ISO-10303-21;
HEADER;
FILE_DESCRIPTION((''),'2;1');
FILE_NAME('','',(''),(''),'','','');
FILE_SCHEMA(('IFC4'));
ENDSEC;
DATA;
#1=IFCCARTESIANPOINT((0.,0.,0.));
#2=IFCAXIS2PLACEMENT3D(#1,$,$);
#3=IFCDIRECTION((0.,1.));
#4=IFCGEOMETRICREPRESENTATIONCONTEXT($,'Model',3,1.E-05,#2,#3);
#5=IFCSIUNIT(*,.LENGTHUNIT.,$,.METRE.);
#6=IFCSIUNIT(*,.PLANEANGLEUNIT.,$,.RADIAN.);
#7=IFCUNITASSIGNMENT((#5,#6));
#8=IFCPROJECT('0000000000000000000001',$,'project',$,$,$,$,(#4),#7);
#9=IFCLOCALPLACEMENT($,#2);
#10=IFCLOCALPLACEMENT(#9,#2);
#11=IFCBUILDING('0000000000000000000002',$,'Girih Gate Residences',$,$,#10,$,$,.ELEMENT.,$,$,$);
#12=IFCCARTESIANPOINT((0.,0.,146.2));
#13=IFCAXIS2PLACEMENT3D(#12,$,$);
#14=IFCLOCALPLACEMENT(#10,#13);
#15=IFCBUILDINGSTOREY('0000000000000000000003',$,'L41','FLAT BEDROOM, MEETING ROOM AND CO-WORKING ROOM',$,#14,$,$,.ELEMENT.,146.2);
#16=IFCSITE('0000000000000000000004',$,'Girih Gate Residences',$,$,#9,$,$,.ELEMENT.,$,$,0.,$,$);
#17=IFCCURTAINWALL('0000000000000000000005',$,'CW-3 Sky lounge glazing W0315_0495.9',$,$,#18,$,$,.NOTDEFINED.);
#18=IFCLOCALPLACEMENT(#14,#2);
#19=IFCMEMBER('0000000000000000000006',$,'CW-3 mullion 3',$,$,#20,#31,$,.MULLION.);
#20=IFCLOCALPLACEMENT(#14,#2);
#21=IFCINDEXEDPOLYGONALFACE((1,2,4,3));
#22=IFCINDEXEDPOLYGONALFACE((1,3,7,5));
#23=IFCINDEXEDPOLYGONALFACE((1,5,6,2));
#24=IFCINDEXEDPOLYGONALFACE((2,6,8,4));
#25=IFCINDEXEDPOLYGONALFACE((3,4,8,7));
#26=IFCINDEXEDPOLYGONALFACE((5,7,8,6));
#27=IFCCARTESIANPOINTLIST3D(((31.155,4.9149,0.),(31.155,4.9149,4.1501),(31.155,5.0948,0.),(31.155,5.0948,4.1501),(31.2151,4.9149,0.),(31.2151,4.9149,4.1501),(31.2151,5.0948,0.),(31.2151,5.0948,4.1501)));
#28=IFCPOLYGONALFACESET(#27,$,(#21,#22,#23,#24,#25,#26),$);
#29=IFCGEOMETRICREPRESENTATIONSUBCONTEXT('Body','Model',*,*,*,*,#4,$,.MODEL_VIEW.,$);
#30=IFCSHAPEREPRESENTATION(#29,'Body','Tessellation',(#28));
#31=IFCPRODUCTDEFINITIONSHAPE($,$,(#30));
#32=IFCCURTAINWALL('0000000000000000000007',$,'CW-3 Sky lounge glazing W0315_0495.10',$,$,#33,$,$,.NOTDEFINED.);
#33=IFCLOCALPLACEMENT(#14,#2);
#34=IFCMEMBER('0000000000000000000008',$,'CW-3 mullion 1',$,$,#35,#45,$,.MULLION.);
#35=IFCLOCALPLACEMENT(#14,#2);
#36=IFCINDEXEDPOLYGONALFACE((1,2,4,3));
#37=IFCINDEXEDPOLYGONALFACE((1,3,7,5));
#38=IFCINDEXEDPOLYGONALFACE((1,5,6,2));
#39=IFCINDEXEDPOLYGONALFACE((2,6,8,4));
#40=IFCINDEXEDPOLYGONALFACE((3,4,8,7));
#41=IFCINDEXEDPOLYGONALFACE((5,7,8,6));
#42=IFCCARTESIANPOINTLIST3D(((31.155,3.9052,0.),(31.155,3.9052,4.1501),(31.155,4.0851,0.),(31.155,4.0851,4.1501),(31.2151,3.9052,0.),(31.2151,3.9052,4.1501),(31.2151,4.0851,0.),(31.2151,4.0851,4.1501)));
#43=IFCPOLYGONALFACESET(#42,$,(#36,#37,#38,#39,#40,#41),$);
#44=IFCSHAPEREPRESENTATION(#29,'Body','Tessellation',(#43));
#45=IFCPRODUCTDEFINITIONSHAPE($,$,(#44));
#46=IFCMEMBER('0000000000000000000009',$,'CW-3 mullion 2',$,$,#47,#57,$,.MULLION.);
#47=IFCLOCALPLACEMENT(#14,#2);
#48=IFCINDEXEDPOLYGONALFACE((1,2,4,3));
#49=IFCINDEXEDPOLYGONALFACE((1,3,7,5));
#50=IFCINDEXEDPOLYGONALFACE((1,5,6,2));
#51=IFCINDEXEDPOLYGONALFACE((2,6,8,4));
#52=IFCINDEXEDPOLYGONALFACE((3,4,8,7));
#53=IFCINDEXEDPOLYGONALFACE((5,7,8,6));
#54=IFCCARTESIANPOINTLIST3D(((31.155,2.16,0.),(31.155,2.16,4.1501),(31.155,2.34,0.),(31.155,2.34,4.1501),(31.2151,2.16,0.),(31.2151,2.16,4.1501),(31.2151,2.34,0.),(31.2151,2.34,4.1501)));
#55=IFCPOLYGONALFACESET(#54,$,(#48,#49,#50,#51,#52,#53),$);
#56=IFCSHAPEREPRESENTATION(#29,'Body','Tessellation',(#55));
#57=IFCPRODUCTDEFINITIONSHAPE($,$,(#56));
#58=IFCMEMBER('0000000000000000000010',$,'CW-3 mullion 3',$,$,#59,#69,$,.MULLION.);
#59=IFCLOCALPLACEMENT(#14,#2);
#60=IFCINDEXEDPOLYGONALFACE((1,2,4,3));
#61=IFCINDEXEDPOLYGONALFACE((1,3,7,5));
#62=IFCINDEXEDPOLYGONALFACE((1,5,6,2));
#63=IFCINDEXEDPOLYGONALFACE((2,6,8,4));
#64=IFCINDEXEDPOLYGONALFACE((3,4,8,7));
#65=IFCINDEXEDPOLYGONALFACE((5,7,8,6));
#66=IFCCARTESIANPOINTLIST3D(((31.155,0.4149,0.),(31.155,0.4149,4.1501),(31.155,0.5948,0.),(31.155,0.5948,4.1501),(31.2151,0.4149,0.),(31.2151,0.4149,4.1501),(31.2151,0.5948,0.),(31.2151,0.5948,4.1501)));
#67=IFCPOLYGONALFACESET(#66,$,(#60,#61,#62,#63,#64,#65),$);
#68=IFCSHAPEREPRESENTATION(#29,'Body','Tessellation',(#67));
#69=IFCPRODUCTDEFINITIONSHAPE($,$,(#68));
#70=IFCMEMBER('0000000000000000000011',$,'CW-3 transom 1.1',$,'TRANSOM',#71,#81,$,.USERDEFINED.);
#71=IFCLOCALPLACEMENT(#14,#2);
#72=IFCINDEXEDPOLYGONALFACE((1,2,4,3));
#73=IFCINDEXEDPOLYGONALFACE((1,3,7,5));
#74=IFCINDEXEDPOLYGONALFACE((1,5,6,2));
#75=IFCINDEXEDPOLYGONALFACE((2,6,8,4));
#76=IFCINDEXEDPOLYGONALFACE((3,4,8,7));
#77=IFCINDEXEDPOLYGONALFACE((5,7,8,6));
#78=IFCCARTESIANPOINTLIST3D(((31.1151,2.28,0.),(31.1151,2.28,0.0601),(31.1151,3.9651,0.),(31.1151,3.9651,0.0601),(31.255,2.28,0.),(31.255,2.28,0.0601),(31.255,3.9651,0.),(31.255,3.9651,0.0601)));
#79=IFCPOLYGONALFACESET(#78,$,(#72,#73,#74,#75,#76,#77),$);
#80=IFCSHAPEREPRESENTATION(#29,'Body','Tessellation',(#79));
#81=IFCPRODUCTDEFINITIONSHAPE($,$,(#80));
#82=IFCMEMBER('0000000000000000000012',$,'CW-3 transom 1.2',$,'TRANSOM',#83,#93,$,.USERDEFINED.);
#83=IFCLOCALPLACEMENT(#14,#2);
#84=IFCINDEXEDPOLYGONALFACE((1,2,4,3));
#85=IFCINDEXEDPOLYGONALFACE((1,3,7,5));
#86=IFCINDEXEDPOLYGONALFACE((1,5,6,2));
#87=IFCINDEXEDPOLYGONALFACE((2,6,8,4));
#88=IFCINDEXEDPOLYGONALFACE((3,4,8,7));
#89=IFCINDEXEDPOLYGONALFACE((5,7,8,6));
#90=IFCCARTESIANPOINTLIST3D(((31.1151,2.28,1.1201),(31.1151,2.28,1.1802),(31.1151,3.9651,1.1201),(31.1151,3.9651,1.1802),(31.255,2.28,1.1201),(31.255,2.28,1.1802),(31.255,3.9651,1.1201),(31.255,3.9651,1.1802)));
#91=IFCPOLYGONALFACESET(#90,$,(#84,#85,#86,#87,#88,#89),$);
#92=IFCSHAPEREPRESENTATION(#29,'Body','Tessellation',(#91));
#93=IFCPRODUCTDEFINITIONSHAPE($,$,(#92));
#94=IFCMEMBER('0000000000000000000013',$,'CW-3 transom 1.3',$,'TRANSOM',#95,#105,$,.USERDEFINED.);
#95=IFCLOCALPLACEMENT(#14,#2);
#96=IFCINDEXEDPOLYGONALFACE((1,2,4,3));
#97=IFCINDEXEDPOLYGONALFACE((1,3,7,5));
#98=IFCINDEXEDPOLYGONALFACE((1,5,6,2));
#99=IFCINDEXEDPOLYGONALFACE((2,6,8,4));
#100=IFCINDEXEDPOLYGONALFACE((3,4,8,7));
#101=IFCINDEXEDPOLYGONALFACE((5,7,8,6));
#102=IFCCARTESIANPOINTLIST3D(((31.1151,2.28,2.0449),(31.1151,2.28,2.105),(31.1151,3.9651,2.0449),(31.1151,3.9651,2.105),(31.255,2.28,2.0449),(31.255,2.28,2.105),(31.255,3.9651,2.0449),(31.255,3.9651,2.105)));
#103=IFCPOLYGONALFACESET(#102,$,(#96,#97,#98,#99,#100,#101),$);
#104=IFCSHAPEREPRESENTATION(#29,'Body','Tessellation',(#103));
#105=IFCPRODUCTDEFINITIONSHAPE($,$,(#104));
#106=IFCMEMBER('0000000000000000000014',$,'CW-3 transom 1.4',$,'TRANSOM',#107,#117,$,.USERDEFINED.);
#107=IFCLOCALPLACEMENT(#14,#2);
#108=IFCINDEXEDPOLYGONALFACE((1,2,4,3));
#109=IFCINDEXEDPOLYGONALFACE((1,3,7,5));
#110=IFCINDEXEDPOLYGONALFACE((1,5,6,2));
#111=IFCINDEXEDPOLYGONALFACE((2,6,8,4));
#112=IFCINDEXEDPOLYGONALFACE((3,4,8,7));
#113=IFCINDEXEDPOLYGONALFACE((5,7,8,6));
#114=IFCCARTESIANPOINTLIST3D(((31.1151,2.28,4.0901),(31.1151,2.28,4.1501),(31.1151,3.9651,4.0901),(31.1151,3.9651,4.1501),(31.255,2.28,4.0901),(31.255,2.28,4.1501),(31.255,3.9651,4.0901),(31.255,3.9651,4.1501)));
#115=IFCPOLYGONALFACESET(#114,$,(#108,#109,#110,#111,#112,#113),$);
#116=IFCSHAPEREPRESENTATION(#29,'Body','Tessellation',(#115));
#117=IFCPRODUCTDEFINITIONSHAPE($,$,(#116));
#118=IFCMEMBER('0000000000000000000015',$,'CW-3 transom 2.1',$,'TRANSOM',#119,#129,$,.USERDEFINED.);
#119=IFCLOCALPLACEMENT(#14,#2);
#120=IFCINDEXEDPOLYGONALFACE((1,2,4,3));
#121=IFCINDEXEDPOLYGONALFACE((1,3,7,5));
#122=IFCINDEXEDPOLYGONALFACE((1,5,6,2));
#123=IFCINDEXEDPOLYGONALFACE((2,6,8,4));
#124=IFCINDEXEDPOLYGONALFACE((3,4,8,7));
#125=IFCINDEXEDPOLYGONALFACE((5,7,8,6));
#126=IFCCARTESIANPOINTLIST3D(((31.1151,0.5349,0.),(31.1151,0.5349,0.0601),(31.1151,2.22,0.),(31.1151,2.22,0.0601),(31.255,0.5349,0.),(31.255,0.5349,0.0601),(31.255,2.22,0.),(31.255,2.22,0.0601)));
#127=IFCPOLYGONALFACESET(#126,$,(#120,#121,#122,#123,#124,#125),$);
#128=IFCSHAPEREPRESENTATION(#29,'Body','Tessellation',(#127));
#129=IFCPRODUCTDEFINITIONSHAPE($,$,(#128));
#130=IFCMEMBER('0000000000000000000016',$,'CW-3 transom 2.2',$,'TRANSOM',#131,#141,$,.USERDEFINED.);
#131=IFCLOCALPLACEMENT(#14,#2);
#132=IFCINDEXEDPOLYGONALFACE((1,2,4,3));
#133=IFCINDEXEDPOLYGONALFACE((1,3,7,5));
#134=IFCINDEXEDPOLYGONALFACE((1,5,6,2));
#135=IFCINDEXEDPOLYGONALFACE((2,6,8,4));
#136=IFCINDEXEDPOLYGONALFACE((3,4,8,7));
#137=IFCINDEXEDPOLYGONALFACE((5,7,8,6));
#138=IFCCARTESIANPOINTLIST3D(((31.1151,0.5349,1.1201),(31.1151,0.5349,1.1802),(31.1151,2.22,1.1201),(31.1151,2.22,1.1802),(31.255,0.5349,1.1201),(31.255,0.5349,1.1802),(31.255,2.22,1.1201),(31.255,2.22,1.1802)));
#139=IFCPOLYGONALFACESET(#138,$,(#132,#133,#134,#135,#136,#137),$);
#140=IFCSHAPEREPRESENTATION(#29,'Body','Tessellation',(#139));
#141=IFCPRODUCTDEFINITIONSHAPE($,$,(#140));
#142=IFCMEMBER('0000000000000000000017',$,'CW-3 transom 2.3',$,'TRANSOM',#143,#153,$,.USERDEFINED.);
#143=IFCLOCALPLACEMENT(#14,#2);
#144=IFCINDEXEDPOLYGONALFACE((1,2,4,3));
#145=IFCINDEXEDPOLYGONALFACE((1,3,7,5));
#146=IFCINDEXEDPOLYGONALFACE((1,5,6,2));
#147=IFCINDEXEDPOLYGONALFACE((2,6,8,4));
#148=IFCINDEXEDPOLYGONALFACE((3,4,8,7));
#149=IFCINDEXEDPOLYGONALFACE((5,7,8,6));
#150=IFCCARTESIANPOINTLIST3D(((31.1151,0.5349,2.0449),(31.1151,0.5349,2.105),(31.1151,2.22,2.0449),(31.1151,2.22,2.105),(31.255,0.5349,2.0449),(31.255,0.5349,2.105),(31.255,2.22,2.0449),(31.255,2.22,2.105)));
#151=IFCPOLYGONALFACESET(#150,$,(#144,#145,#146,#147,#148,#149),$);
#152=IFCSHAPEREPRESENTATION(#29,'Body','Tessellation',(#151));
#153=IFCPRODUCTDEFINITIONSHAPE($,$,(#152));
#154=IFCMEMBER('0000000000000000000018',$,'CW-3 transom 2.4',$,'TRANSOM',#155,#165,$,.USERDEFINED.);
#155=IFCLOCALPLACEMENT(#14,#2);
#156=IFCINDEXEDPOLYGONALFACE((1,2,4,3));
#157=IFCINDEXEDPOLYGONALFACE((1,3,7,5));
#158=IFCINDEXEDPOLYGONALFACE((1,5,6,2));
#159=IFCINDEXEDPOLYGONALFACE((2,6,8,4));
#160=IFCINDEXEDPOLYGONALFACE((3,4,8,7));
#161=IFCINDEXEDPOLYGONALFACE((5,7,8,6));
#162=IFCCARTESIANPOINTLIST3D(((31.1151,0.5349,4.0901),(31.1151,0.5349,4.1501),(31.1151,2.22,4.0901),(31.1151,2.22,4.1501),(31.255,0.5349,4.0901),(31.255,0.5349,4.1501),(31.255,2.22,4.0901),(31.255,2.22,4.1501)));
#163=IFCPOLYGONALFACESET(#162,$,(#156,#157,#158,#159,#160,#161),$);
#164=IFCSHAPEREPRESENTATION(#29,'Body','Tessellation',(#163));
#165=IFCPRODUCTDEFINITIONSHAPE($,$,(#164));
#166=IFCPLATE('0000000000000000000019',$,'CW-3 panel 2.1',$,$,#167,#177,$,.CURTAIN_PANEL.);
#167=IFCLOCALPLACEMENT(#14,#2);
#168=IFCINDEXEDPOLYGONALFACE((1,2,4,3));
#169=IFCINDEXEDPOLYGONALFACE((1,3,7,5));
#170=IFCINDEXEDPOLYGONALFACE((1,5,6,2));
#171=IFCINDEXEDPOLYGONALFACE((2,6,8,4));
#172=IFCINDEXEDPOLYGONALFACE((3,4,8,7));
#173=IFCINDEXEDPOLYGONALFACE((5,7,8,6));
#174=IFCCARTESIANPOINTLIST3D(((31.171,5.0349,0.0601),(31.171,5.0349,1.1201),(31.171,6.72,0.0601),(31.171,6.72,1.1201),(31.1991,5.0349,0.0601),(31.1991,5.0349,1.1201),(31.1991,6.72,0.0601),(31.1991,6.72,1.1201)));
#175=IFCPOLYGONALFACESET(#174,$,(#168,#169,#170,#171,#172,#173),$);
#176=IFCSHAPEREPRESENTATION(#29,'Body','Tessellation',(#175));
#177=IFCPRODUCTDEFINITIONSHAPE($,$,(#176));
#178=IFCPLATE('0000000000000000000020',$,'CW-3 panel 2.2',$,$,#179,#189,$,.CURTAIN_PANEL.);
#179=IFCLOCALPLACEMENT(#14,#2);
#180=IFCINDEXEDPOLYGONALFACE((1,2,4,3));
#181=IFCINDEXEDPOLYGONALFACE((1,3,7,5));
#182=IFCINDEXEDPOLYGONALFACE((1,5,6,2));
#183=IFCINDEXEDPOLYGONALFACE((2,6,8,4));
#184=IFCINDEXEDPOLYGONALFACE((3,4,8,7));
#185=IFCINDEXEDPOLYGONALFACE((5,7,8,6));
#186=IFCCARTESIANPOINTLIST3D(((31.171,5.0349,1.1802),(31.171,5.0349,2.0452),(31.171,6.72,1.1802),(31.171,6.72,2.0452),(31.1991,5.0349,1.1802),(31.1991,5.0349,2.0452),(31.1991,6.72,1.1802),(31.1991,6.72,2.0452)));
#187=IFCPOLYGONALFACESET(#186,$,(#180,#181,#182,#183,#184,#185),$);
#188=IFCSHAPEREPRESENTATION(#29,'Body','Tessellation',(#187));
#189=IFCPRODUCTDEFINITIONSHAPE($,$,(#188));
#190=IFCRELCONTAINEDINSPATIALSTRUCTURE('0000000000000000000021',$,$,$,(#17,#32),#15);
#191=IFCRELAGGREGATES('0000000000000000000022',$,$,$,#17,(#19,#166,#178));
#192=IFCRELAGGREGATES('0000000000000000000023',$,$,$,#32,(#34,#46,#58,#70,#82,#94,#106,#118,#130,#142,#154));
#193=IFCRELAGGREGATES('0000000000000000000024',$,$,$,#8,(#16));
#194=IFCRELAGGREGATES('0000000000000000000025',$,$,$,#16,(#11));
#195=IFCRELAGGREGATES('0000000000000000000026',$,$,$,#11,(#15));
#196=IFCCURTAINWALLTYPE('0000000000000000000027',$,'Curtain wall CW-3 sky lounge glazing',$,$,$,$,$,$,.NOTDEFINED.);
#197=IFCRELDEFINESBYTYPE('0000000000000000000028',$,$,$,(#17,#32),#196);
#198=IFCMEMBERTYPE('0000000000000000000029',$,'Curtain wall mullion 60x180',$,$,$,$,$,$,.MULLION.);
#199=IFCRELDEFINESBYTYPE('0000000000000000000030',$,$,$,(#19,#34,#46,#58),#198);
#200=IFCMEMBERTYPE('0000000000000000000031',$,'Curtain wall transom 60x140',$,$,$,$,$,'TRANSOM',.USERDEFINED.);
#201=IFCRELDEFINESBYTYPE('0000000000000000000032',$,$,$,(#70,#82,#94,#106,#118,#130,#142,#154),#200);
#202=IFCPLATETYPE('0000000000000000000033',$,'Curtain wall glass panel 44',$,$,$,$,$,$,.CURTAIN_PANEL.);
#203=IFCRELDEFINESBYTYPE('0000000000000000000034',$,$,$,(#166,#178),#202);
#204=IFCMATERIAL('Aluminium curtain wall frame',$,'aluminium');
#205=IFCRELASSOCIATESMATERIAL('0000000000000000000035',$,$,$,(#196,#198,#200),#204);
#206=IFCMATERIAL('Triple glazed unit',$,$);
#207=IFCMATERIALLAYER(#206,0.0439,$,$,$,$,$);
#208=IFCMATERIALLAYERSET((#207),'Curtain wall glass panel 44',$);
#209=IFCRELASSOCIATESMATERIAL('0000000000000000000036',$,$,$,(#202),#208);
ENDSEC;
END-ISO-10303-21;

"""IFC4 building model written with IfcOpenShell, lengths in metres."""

from ifc_helpers import new_model, si_unit, direction, frame, origin, origin_2d, place, context, subcontext, project, spatial, rectangle, extrude, material, layer, layer_set, material_profile, profile_set, type_object, element, aggregate, save


model = new_model("IFC4")

# Units and contexts
model_context = context("Model", 3, precision=1e-05, world=origin(), true_north=direction((0.0, 1.0)))
body_context = subcontext(model_context, "Body", "Model", "MODEL_VIEW")
ifc_project = project(units=[si_unit("LENGTHUNIT", "METRE"), si_unit("PLANEANGLEUNIT", "RADIAN")], contexts=[model_context])

# Site, building, storey
site_placement = place(None, origin())
site = spatial("IfcSite", under=ifc_project, at=site_placement, Name="Girih Gate Residences", CompositionType="ELEMENT", RefElevation=0.0)
building_placement = place(site_placement, origin())
building = spatial("IfcBuilding", under=site, at=building_placement, Name="Girih Gate Residences", CompositionType="ELEMENT")
storey_placement = place(building_placement, frame((0.0, 0.0, 146.2)))
storey = spatial("IfcBuildingStorey", under=building, at=storey_placement, Name="L41", Description="FLAT BEDROOM, MEETING ROOM AND CO-WORKING ROOM", CompositionType="ELEMENT", Elevation=146.2)

# Curtain wall, member
ifc_material_1 = material(Name="Aluminium curtain wall frame", Category="aluminium")
curtain_wall_type = type_object("IfcCurtainWallType", Name="Curtain wall CW-3 sky lounge glazing", PredefinedType="NOTDEFINED", material=ifc_material_1)
curtain_wall_1_placement = place(storey_placement, origin())
curtain_wall_1 = element("IfcCurtainWall", 1, at=curtain_wall_1_placement, inside=storey, type_object=curtain_wall_type, Name="CW-3 Sky lounge glazing W0315_0495.9", PredefinedType="NOTDEFINED")
ifc_material_profile_1 = material_profile(ifc_material_1, rectangle(XDim=0.0601, YDim=0.1799, at=origin_2d()))
ifc_profile_set_1 = profile_set([ifc_material_profile_1], Name="Aluminium curtain wall frame")
member_type_1 = type_object("IfcMemberType", Name="Curtain wall mullion 60x180", PredefinedType="MULLION", material=ifc_profile_set_1)
member_1_placement = place(storey_placement, frame((31.1851, 5.0049, 0.0), z_axis=(0.0, 0.0, 1.0), x_axis=(1.0, 0.0, 0.0)))
member_1 = element("IfcMember", 2, at=member_1_placement, type_object=member_type_1, Name="CW-3 mullion 3", PredefinedType="MULLION", context=body_context, shape_type="SweptSolid", body=[
    extrude(rectangle(XDim=0.0601, YDim=0.1799, at=origin_2d()), origin(), (0.0, 0.0, 1.0), 4.1501),
])

# Curtain wall, members
curtain_wall_2_placement = place(storey_placement, origin())
curtain_wall_2 = element("IfcCurtainWall", 3, at=curtain_wall_2_placement, inside=storey, type_object=curtain_wall_type, Name="CW-3 Sky lounge glazing W0315_0495.10", PredefinedType="NOTDEFINED")
member_2_placement = place(storey_placement, frame((31.1851, 3.9951, 0.0), z_axis=(0.0, 0.0, 1.0), x_axis=(1.0, 0.0, 0.0)))
member_2 = element("IfcMember", 4, at=member_2_placement, type_object=member_type_1, Name="CW-3 mullion 1", PredefinedType="MULLION", context=body_context, shape_type="SweptSolid", body=[
    extrude(rectangle(XDim=0.0601, YDim=0.1799, at=origin_2d()), origin(), (0.0, 0.0, 1.0), 4.1501),
])
member_3_placement = place(storey_placement, frame((31.1851, 2.25, 0.0), z_axis=(0.0, 0.0, 1.0), x_axis=(1.0, 0.0, 0.0)))
member_3 = element("IfcMember", 5, at=member_3_placement, type_object=member_type_1, Name="CW-3 mullion 2", PredefinedType="MULLION", context=body_context, shape_type="SweptSolid", body=[
    extrude(rectangle(XDim=0.0601, YDim=0.1799, at=origin_2d()), origin(), (0.0, 0.0, 1.0), 4.1501),
])
member_4_placement = place(storey_placement, frame((31.1851, 0.5049, 0.0), z_axis=(0.0, 0.0, 1.0), x_axis=(1.0, 0.0, 0.0)))
member_4 = element("IfcMember", 6, at=member_4_placement, type_object=member_type_1, Name="CW-3 mullion 3", PredefinedType="MULLION", context=body_context, shape_type="SweptSolid", body=[
    extrude(rectangle(XDim=0.0601, YDim=0.1799, at=origin_2d()), origin(), (0.0, 0.0, 1.0), 4.1501),
])
ifc_material_profile_2 = material_profile(ifc_material_1, rectangle(XDim=0.1399, YDim=0.0601, at=origin_2d()))
ifc_profile_set_2 = profile_set([ifc_material_profile_2], Name="Aluminium curtain wall frame")
member_type_2 = type_object("IfcMemberType", Name="Curtain wall transom 60x140", ElementType="TRANSOM", PredefinedType="USERDEFINED", material=ifc_profile_set_2)
member_5_placement = place(storey_placement, frame((31.1851, 3.9651, 0.03), z_axis=(0.0, -1.0, 0.0), x_axis=(1.0, 0.0, 0.0)))
member_5 = element("IfcMember", 7, at=member_5_placement, type_object=member_type_2, Name="CW-3 transom 1.1", ObjectType="TRANSOM", PredefinedType="USERDEFINED", context=body_context, shape_type="SweptSolid", body=[
    extrude(rectangle(XDim=0.1399, YDim=0.0601, at=origin_2d()), origin(), (0.0, 0.0, 1.0), 1.6851),
])
member_6_placement = place(storey_placement, frame((31.1851, 3.9651, 1.1501), z_axis=(0.0, -1.0, 0.0), x_axis=(1.0, 0.0, 0.0)))
member_6 = element("IfcMember", 8, at=member_6_placement, type_object=member_type_2, Name="CW-3 transom 1.2", ObjectType="TRANSOM", PredefinedType="USERDEFINED", context=body_context, shape_type="SweptSolid", body=[
    extrude(rectangle(XDim=0.1399, YDim=0.0601, at=origin_2d()), origin(), (0.0, 0.0, 1.0), 1.6851),
])
member_7_placement = place(storey_placement, frame((31.1851, 3.9651, 2.075), z_axis=(0.0, -1.0, 0.0), x_axis=(1.0, 0.0, 0.0)))
member_7 = element("IfcMember", 9, at=member_7_placement, type_object=member_type_2, Name="CW-3 transom 1.3", ObjectType="TRANSOM", PredefinedType="USERDEFINED", context=body_context, shape_type="SweptSolid", body=[
    extrude(rectangle(XDim=0.1399, YDim=0.0601, at=origin_2d()), origin(), (0.0, 0.0, 1.0), 1.6851),
])
member_8_placement = place(storey_placement, frame((31.1851, 3.9651, 4.1201), z_axis=(0.0, -1.0, 0.0), x_axis=(1.0, 0.0, 0.0)))
member_8 = element("IfcMember", 10, at=member_8_placement, type_object=member_type_2, Name="CW-3 transom 1.4", ObjectType="TRANSOM", PredefinedType="USERDEFINED", context=body_context, shape_type="SweptSolid", body=[
    extrude(rectangle(XDim=0.1399, YDim=0.0601, at=origin_2d()), origin(), (0.0, 0.0, 1.0), 1.6851),
])
member_9_placement = place(storey_placement, frame((31.1851, 2.22, 0.03), z_axis=(0.0, -1.0, 0.0), x_axis=(1.0, 0.0, 0.0)))
member_9 = element("IfcMember", 11, at=member_9_placement, type_object=member_type_2, Name="CW-3 transom 2.1", ObjectType="TRANSOM", PredefinedType="USERDEFINED", context=body_context, shape_type="SweptSolid", body=[
    extrude(rectangle(XDim=0.1399, YDim=0.0601, at=origin_2d()), origin(), (0.0, 0.0, 1.0), 1.6851),
])
member_10_placement = place(storey_placement, frame((31.1851, 2.22, 1.1501), z_axis=(0.0, -1.0, 0.0), x_axis=(1.0, 0.0, 0.0)))
member_10 = element("IfcMember", 12, at=member_10_placement, type_object=member_type_2, Name="CW-3 transom 2.2", ObjectType="TRANSOM", PredefinedType="USERDEFINED", context=body_context, shape_type="SweptSolid", body=[
    extrude(rectangle(XDim=0.1399, YDim=0.0601, at=origin_2d()), origin(), (0.0, 0.0, 1.0), 1.6851),
])
member_11_placement = place(storey_placement, frame((31.1851, 2.22, 2.075), z_axis=(0.0, -1.0, 0.0), x_axis=(1.0, 0.0, 0.0)))
member_11 = element("IfcMember", 13, at=member_11_placement, type_object=member_type_2, Name="CW-3 transom 2.3", ObjectType="TRANSOM", PredefinedType="USERDEFINED", context=body_context, shape_type="SweptSolid", body=[
    extrude(rectangle(XDim=0.1399, YDim=0.0601, at=origin_2d()), origin(), (0.0, 0.0, 1.0), 1.6851),
])
member_12_placement = place(storey_placement, frame((31.1851, 2.22, 4.1201), z_axis=(0.0, -1.0, 0.0), x_axis=(1.0, 0.0, 0.0)))
member_12 = element("IfcMember", 14, at=member_12_placement, type_object=member_type_2, Name="CW-3 transom 2.4", ObjectType="TRANSOM", PredefinedType="USERDEFINED", context=body_context, shape_type="SweptSolid", body=[
    extrude(rectangle(XDim=0.1399, YDim=0.0601, at=origin_2d()), origin(), (0.0, 0.0, 1.0), 1.6851),
])

# Plates
ifc_material_2 = material(Name="Triple glazed unit")
ifc_layer = layer(ifc_material_2, 0.0439)
ifc_layer_set = layer_set([ifc_layer], Name="Curtain wall glass panel 44")
plate_type = type_object("IfcPlateType", Name="Curtain wall glass panel 44", PredefinedType="CURTAIN_PANEL", material=ifc_layer_set)
plate_1_placement = place(storey_placement, frame((31.1851, 5.8774, 0.0601), z_axis=(0.0, 0.0, 1.0), x_axis=(0.0, -1.0, 0.0)))
plate_1 = element("IfcPlate", 15, at=plate_1_placement, type_object=plate_type, Name="CW-3 panel 2.1", PredefinedType="CURTAIN_PANEL", context=body_context, shape_type="SweptSolid", body=[
    extrude(rectangle(XDim=1.6851, YDim=0.0281, at=origin_2d()), origin(), (0.0, 0.0, 1.0), 1.0601),
])
plate_2_placement = place(storey_placement, frame((31.1851, 5.8774, 1.1802), z_axis=(0.0, 0.0, 1.0), x_axis=(0.0, -1.0, 0.0)))
plate_2 = element("IfcPlate", 16, at=plate_2_placement, type_object=plate_type, Name="CW-3 panel 2.2", PredefinedType="CURTAIN_PANEL", context=body_context, shape_type="SweptSolid", body=[
    extrude(rectangle(XDim=1.6851, YDim=0.0281, at=origin_2d()), origin(), (0.0, 0.0, 1.0), 0.865),
])
aggregate(curtain_wall_1, [member_1, plate_1, plate_2])
aggregate(curtain_wall_2, [member_2, member_3, member_4, member_5, member_6, member_7, member_8, member_9, member_10, member_11, member_12])

save(model, "model.ifc")
